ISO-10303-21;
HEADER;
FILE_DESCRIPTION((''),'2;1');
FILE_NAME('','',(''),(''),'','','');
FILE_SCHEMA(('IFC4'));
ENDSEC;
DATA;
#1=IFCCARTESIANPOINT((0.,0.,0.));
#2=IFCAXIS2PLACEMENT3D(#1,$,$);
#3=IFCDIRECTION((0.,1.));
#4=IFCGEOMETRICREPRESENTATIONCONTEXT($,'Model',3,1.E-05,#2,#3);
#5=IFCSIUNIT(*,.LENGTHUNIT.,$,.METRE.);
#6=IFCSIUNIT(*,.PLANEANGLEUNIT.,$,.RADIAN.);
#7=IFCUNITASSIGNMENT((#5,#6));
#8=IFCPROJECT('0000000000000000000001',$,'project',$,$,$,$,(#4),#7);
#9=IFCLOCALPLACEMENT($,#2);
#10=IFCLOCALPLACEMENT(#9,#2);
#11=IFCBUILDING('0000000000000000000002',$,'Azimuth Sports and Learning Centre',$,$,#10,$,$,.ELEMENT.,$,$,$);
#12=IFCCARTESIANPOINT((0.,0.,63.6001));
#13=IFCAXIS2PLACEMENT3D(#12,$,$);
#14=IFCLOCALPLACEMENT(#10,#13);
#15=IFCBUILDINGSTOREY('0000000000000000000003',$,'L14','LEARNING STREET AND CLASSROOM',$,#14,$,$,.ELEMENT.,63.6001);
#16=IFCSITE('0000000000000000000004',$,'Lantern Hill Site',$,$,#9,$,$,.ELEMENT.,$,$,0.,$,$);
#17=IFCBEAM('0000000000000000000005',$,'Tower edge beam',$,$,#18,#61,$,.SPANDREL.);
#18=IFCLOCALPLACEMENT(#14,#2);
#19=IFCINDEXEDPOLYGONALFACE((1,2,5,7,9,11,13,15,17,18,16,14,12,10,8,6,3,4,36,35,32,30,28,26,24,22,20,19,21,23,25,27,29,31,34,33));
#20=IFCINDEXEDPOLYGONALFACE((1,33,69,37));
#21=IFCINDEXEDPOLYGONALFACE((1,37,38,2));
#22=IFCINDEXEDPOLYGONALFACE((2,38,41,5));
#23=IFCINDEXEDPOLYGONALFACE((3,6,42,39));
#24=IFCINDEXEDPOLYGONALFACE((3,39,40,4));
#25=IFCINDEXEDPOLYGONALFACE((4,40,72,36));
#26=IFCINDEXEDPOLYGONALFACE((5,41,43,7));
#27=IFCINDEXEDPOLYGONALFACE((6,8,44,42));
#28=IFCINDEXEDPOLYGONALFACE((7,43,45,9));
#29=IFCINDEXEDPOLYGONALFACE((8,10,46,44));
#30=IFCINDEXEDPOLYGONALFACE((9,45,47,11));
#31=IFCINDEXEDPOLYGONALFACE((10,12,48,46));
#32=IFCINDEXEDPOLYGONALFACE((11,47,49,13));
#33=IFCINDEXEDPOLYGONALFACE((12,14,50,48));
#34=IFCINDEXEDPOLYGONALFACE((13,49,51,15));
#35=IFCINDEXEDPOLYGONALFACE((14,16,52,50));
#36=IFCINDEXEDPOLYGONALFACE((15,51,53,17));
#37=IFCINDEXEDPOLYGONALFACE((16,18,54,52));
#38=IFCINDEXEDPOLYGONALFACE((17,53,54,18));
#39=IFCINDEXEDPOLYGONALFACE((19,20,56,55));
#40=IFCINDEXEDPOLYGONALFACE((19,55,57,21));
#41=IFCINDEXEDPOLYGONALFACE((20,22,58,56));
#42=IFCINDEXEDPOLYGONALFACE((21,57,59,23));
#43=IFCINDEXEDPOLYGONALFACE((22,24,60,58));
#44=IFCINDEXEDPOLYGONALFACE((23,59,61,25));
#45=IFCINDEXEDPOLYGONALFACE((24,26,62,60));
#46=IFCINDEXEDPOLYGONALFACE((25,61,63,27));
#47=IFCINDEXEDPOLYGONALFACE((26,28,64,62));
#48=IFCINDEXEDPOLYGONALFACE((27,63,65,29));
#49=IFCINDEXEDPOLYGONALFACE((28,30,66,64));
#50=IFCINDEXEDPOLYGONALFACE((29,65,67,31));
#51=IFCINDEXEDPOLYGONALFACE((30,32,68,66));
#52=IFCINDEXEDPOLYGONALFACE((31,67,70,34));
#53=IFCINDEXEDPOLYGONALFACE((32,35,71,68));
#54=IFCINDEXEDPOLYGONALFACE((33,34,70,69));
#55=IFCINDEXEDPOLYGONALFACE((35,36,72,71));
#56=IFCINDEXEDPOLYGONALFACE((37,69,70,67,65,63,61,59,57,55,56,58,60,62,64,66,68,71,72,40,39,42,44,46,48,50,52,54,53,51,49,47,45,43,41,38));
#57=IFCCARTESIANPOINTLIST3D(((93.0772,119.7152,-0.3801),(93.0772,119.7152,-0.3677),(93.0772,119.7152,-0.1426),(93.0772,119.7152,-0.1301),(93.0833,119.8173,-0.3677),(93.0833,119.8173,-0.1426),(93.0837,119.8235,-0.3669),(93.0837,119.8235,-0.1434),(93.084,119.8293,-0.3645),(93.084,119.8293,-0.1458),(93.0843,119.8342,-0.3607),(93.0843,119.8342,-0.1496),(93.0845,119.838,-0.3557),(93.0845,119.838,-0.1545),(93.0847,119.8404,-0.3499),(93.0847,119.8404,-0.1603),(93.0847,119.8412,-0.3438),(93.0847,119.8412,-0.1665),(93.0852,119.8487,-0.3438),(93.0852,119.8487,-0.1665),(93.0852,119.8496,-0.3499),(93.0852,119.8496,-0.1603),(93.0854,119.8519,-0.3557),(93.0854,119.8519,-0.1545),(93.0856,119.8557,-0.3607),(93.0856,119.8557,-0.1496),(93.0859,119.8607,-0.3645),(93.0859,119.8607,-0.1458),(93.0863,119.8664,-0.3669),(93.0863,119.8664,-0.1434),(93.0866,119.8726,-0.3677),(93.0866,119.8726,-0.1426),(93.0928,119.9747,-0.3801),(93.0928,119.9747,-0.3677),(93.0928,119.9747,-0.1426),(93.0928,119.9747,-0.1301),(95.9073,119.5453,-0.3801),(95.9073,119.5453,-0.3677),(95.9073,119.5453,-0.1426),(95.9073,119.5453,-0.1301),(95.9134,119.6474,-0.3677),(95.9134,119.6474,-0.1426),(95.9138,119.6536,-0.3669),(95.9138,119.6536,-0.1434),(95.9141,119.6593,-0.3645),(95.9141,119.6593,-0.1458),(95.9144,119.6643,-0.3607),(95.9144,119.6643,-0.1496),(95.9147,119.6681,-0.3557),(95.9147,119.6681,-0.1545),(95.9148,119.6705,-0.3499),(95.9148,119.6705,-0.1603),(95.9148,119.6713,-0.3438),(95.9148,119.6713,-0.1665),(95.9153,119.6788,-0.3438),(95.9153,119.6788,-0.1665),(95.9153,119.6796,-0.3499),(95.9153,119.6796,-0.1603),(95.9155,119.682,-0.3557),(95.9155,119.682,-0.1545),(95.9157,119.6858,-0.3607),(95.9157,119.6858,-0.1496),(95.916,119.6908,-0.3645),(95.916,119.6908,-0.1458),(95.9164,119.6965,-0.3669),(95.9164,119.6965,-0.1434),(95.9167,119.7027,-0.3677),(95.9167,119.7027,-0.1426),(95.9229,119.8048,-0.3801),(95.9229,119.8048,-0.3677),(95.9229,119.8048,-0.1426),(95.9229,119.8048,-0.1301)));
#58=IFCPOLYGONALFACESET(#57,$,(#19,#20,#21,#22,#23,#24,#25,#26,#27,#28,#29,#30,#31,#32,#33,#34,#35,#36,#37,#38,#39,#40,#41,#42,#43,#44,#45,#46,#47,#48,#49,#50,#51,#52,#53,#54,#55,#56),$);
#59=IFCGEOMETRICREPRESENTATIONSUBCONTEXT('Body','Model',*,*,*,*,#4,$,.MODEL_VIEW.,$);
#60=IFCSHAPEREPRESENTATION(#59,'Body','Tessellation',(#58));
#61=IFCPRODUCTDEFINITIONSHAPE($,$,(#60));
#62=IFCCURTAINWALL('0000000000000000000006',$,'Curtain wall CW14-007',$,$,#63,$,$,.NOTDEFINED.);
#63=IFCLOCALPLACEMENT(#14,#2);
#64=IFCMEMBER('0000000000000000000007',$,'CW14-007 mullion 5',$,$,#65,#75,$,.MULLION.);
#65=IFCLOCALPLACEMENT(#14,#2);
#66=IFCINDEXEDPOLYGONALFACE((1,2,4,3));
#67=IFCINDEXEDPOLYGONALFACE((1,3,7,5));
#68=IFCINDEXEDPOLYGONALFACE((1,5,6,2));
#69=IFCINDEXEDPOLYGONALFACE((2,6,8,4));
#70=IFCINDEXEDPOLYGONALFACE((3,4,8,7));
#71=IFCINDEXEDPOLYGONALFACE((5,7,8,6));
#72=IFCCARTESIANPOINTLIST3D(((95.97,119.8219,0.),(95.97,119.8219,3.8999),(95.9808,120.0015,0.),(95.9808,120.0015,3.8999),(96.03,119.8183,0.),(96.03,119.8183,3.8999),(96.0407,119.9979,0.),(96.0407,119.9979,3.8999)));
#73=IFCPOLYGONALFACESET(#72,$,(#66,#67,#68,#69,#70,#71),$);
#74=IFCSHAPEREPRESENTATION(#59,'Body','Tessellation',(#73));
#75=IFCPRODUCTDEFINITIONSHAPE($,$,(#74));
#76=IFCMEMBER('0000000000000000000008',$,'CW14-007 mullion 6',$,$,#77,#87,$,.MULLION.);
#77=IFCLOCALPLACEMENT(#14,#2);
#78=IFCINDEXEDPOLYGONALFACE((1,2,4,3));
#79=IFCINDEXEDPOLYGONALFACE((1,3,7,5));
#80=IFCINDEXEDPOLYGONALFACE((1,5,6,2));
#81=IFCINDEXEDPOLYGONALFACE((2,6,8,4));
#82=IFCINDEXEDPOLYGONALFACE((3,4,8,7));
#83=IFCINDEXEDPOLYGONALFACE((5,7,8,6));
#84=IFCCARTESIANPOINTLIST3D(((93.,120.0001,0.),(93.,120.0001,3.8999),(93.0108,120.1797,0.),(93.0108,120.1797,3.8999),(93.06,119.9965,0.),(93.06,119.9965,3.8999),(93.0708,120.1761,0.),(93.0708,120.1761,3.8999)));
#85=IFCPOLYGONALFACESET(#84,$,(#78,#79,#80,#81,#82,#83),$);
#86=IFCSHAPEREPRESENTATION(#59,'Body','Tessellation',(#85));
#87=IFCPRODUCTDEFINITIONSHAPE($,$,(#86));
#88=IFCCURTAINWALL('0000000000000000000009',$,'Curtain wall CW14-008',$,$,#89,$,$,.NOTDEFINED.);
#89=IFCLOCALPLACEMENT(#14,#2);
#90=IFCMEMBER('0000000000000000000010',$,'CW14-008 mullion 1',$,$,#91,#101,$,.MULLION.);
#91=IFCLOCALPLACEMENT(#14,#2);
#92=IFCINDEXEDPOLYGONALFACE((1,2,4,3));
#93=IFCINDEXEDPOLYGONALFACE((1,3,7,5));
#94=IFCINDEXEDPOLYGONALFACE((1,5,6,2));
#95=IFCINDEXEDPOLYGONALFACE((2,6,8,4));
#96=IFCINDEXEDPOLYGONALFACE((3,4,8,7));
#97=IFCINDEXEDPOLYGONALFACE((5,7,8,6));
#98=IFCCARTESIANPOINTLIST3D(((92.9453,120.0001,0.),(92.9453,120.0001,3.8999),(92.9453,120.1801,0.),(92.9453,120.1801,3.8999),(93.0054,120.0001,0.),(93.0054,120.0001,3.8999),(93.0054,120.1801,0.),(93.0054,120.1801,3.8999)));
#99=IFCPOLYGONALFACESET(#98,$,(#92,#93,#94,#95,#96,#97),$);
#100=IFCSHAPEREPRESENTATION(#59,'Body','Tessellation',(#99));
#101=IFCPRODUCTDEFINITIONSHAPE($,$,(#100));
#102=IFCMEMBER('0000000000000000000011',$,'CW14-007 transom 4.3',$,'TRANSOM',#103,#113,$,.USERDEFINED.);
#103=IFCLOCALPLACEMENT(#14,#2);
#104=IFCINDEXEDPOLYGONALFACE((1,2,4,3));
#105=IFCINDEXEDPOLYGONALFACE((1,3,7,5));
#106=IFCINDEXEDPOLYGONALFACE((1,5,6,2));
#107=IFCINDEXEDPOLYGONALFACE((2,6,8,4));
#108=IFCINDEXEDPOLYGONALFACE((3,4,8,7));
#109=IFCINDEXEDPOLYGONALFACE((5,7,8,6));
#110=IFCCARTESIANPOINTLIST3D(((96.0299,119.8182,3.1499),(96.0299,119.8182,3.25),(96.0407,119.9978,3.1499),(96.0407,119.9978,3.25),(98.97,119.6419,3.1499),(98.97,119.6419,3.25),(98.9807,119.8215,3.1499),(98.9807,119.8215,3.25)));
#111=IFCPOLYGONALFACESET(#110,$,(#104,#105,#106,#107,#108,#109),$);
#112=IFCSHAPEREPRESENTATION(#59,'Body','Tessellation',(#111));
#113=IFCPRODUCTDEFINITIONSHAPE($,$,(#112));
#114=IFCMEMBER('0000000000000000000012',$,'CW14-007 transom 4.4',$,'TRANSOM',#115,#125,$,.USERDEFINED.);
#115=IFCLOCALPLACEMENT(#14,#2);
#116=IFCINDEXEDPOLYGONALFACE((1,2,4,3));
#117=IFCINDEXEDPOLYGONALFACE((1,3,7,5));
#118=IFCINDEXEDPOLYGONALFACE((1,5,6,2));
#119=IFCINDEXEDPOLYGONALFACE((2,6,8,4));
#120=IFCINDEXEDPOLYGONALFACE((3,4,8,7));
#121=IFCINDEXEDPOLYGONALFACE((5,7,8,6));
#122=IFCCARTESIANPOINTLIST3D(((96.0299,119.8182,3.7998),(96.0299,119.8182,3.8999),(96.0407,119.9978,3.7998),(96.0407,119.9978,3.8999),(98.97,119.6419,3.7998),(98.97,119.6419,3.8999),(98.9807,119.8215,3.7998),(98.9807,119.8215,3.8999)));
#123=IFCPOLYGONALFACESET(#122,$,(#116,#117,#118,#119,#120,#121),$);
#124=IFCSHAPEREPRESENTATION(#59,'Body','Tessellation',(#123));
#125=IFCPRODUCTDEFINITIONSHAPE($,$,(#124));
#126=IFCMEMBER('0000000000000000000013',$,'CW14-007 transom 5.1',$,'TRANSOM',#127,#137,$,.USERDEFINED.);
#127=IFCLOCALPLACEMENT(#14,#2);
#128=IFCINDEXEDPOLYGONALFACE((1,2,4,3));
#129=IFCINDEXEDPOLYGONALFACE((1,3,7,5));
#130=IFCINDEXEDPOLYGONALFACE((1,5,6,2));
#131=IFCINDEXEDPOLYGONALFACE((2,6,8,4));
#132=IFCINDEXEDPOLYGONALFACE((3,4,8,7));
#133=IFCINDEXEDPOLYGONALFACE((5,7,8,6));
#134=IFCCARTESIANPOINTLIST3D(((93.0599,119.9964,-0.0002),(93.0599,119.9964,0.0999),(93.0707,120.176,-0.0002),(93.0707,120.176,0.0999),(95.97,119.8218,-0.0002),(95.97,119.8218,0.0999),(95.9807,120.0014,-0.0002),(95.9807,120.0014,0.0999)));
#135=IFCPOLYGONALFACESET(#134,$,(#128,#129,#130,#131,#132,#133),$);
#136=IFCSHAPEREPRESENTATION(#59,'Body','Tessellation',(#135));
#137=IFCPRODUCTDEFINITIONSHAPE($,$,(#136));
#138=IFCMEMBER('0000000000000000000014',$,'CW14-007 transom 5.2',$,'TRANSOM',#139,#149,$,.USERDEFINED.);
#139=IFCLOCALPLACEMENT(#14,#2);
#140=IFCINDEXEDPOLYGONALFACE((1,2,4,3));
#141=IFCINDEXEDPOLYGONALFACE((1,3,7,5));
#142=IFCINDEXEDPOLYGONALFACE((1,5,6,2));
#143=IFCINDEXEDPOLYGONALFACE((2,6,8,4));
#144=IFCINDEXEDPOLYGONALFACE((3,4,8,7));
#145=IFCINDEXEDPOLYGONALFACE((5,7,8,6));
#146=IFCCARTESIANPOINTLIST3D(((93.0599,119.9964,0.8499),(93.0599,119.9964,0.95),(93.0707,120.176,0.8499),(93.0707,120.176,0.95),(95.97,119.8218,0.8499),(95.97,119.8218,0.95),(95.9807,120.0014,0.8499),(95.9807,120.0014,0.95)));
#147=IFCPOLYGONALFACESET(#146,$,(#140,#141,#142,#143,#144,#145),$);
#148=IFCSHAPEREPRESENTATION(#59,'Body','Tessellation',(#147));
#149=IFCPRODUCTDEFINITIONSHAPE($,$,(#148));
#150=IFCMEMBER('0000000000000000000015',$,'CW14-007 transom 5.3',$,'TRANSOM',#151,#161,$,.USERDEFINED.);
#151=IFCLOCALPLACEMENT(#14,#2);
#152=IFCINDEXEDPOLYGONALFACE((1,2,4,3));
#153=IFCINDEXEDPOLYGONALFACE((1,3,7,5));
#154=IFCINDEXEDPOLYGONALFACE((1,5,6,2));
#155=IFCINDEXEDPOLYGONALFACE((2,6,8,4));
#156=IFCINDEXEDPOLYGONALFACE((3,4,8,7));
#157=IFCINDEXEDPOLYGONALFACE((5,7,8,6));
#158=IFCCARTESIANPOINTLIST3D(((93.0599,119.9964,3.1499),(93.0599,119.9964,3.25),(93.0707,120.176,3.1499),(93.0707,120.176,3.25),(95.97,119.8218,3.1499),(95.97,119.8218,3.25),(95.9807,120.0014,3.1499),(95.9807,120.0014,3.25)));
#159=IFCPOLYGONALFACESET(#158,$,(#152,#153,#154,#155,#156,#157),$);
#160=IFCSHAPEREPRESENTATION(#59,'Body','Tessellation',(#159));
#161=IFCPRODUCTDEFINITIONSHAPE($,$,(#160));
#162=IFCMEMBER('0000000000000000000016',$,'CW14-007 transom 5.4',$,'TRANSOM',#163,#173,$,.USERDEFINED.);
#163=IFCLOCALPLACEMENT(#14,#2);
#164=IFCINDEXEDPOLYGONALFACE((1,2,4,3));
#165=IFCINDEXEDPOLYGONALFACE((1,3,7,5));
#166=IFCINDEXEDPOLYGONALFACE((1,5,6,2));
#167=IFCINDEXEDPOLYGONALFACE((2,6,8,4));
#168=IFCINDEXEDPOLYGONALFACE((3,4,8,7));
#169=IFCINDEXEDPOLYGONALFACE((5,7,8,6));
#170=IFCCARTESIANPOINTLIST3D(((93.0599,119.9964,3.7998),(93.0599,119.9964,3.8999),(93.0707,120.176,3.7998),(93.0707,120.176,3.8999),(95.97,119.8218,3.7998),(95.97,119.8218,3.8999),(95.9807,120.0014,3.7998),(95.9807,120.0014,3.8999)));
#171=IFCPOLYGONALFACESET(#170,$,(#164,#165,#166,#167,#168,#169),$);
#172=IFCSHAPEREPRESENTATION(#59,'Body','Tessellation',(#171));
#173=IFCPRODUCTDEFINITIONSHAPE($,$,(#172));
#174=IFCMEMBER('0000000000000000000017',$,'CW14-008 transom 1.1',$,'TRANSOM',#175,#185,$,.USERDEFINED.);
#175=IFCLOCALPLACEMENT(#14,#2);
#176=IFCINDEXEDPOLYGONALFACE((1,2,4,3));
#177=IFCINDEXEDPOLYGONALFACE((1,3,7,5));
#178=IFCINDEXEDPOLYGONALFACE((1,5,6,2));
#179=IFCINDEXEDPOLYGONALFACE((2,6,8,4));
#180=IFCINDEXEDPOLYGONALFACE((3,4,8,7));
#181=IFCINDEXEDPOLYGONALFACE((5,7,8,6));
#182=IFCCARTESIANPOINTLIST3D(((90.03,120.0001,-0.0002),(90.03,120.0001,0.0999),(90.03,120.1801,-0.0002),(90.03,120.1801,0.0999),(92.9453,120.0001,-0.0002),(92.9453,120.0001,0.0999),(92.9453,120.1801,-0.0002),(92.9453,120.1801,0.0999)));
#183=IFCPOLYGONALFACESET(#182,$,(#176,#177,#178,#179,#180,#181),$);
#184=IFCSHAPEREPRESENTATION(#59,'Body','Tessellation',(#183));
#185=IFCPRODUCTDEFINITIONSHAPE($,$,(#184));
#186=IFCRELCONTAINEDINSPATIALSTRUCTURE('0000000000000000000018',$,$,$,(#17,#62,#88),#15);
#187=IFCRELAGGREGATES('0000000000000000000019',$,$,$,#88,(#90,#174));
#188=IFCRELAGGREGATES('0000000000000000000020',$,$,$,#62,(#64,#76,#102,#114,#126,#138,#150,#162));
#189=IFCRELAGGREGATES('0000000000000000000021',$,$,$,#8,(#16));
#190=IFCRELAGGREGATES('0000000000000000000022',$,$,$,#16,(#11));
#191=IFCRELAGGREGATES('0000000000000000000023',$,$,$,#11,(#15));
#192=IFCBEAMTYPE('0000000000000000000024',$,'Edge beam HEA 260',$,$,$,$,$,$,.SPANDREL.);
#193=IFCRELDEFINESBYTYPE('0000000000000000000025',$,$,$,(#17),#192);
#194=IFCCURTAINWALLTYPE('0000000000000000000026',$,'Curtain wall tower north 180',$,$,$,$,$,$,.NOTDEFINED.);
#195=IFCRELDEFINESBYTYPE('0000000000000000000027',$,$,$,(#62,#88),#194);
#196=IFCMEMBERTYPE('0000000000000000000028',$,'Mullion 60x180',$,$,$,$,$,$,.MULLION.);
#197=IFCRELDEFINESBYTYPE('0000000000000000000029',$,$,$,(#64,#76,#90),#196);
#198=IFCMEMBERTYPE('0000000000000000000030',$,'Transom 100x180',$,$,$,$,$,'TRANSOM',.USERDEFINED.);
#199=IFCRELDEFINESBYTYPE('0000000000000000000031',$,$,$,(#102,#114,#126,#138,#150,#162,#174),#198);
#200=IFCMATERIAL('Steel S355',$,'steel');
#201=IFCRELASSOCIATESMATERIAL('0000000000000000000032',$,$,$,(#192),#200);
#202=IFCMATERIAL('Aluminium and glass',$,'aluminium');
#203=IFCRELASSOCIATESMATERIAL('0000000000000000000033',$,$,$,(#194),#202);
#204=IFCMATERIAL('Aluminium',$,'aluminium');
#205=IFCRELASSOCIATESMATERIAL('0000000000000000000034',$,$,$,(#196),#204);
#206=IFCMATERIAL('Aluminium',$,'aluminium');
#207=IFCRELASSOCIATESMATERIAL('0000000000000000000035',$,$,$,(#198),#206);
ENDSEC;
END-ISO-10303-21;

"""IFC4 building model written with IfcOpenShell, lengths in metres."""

from ifc_helpers import new_model, si_unit, direction, frame, origin, origin_2d, place, context, subcontext, project, spatial, rectangle, i_section, extrude, material, material_profile, profile_set, type_object, element, aggregate, save


model = new_model("IFC4")

# Units and contexts
model_context = context("Model", 3, precision=1e-05, world=origin(), true_north=direction((0.0, 1.0)))
body_context = subcontext(model_context, "Body", "Model", "MODEL_VIEW")
ifc_project = project(units=[si_unit("LENGTHUNIT", "METRE"), si_unit("PLANEANGLEUNIT", "RADIAN")], contexts=[model_context])

# Site, building, storey
site_placement = place(None, origin())
site = spatial("IfcSite", under=ifc_project, at=site_placement, Name="Lantern Hill Site", CompositionType="ELEMENT", RefElevation=0.0)
building_placement = place(site_placement, origin())
building = spatial("IfcBuilding", under=site, at=building_placement, Name="Azimuth Sports and Learning Centre", CompositionType="ELEMENT")
storey_placement = place(building_placement, frame((0.0, 0.0, 63.6001)))
storey = spatial("IfcBuildingStorey", under=building, at=storey_placement, Name="L14", Description="LEARNING STREET AND CLASSROOM", CompositionType="ELEMENT", Elevation=63.6001)

# Beam
ifc_material_1 = material(Name="Steel S355", Category="steel")
ifc_material_profile_1 = material_profile(ifc_material_1, i_section(OverallWidth=0.26, OverallDepth=0.25, WebThickness=0.0076, FlangeThickness=0.0125, FilletRadius=0.0239, at=origin_2d()), Name="HEA 260")
ifc_profile_set_1 = profile_set([ifc_material_profile_1], Name="Steel S355")
beam_type = type_object("IfcBeamType", Name="Edge beam HEA 260", PredefinedType="SPANDREL", material=ifc_profile_set_1)
beam_placement = place(storey_placement, frame((93.085, 119.845, -0.2551), z_axis=(0.998202, -0.059933, 0.0), x_axis=(0.059933, 0.998202, 0.0)))
element("IfcBeam", 1, at=beam_placement, inside=storey, type_object=beam_type, Name="Tower edge beam", PredefinedType="SPANDREL", context=body_context, shape_type="SweptSolid", body=[
    extrude(i_section(OverallWidth=0.26, OverallDepth=0.25, WebThickness=0.0076, FlangeThickness=0.0125, FilletRadius=0.0239, at=origin_2d()), origin(), (0.0, 0.0, 1.0), 2.8352),
])

# Curtain wall, members
ifc_material_2 = material(Name="Aluminium and glass", Category="aluminium")
curtain_wall_type = type_object("IfcCurtainWallType", Name="Curtain wall tower north 180", PredefinedType="NOTDEFINED", material=ifc_material_2)
curtain_wall_1_placement = place(storey_placement, origin())
curtain_wall_1 = element("IfcCurtainWall", 2, at=curtain_wall_1_placement, inside=storey, type_object=curtain_wall_type, Name="Curtain wall CW14-007", PredefinedType="NOTDEFINED")
ifc_material_3 = material(Name="Aluminium", Category="aluminium")
ifc_material_profile_2 = material_profile(ifc_material_3, rectangle(XDim=0.1799, YDim=0.0601, at=origin_2d()), Name="Mullion 60x180")
ifc_profile_set_2 = profile_set([ifc_material_profile_2], Name="Aluminium")
member_type_1 = type_object("IfcMemberType", Name="Mullion 60x180", PredefinedType="MULLION", material=ifc_profile_set_2)
member_1_placement = place(storey_placement, frame((96.0054, 119.9099, 0.0), z_axis=(0.0, 0.0, 1.0), x_axis=(-0.059892, -0.998205, 0.0)))
member_1 = element("IfcMember", 3, at=member_1_placement, type_object=member_type_1, Name="CW14-007 mullion 5", PredefinedType="MULLION", context=body_context, shape_type="SweptSolid", body=[
    extrude(rectangle(XDim=0.1799, YDim=0.0601, at=origin_2d()), origin(), (0.0, 0.0, 1.0), 3.8999),
])
member_2_placement = place(storey_placement, frame((93.0354, 120.0881, 0.0), z_axis=(0.0, 0.0, 1.0), x_axis=(-0.059892, -0.998205, 0.0)))
member_2 = element("IfcMember", 4, at=member_2_placement, type_object=member_type_1, Name="CW14-007 mullion 6", PredefinedType="MULLION", context=body_context, shape_type="SweptSolid", body=[
    extrude(rectangle(XDim=0.1799, YDim=0.0601, at=origin_2d()), origin(), (0.0, 0.0, 1.0), 3.8999),
])

# Curtain wall, member
curtain_wall_2_placement = place(storey_placement, origin())
curtain_wall_2 = element("IfcCurtainWall", 5, at=curtain_wall_2_placement, inside=storey, type_object=curtain_wall_type, Name="Curtain wall CW14-008", PredefinedType="NOTDEFINED")
member_3_placement = place(storey_placement, frame((92.9753, 120.0901, 0.0), z_axis=(0.0, 0.0, 1.0), x_axis=(0.0, -1.0, 0.0)))
member_3 = element("IfcMember", 6, at=member_3_placement, type_object=member_type_1, Name="CW14-008 mullion 1", PredefinedType="MULLION", context=body_context, shape_type="SweptSolid", body=[
    extrude(rectangle(XDim=0.1799, YDim=0.0601, at=origin_2d()), origin(), (0.0, 0.0, 1.0), 3.8999),
])

# Members
ifc_material_4 = material(Name="Aluminium", Category="aluminium")
ifc_material_profile_3 = material_profile(ifc_material_4, rectangle(XDim=0.1799, YDim=0.1001, at=origin_2d()), Name="Transom 100x180")
ifc_profile_set_3 = profile_set([ifc_material_profile_3], Name="Aluminium")
member_type_2 = type_object("IfcMemberType", Name="Transom 100x180", ElementType="TRANSOM", PredefinedType="USERDEFINED", material=ifc_profile_set_3)
member_4_placement = place(storey_placement, frame((98.9753, 119.7317, 3.2), z_axis=(-0.998207, 0.059849, 0.0), x_axis=(-0.059849, -0.998207, 0.0)))
member_4 = element("IfcMember", 7, at=member_4_placement, type_object=member_type_2, Name="CW14-007 transom 4.3", ObjectType="TRANSOM", PredefinedType="USERDEFINED", context=body_context, shape_type="SweptSolid", body=[
    extrude(rectangle(XDim=0.1799, YDim=0.1001, at=origin_2d()), origin(), (0.0, 0.0, 1.0), 2.9453),
])
member_5_placement = place(storey_placement, frame((98.9753, 119.7317, 3.8499), z_axis=(-0.998207, 0.059849, 0.0), x_axis=(-0.059849, -0.998207, 0.0)))
member_5 = element("IfcMember", 8, at=member_5_placement, type_object=member_type_2, Name="CW14-007 transom 4.4", ObjectType="TRANSOM", PredefinedType="USERDEFINED", context=body_context, shape_type="SweptSolid", body=[
    extrude(rectangle(XDim=0.1799, YDim=0.1001, at=origin_2d()), origin(), (0.0, 0.0, 1.0), 2.9453),
])
member_6_placement = place(storey_placement, frame((95.9753, 119.9116, 0.0498), z_axis=(-0.998206, 0.059876, 0.0), x_axis=(-0.059876, -0.998206, 0.0)))
member_6 = element("IfcMember", 9, at=member_6_placement, type_object=member_type_2, Name="CW14-007 transom 5.1", ObjectType="TRANSOM", PredefinedType="USERDEFINED", context=body_context, shape_type="SweptSolid", body=[
    extrude(rectangle(XDim=0.1799, YDim=0.1001, at=origin_2d()), origin(), (0.0, 0.0, 1.0), 2.9153),
])
member_7_placement = place(storey_placement, frame((95.9753, 119.9116, 0.8999), z_axis=(-0.998206, 0.059876, 0.0), x_axis=(-0.059876, -0.998206, 0.0)))
member_7 = element("IfcMember", 10, at=member_7_placement, type_object=member_type_2, Name="CW14-007 transom 5.2", ObjectType="TRANSOM", PredefinedType="USERDEFINED", context=body_context, shape_type="SweptSolid", body=[
    extrude(rectangle(XDim=0.1799, YDim=0.1001, at=origin_2d()), origin(), (0.0, 0.0, 1.0), 2.9153),
])
member_8_placement = place(storey_placement, frame((95.9753, 119.9116, 3.2), z_axis=(-0.998206, 0.059876, 0.0), x_axis=(-0.059876, -0.998206, 0.0)))
member_8 = element("IfcMember", 11, at=member_8_placement, type_object=member_type_2, Name="CW14-007 transom 5.3", ObjectType="TRANSOM", PredefinedType="USERDEFINED", context=body_context, shape_type="SweptSolid", body=[
    extrude(rectangle(XDim=0.1799, YDim=0.1001, at=origin_2d()), origin(), (0.0, 0.0, 1.0), 2.9153),
])
member_9_placement = place(storey_placement, frame((95.9753, 119.9116, 3.8499), z_axis=(-0.998206, 0.059876, 0.0), x_axis=(-0.059876, -0.998206, 0.0)))
member_9 = element("IfcMember", 12, at=member_9_placement, type_object=member_type_2, Name="CW14-007 transom 5.4", ObjectType="TRANSOM", PredefinedType="USERDEFINED", context=body_context, shape_type="SweptSolid", body=[
    extrude(rectangle(XDim=0.1799, YDim=0.1001, at=origin_2d()), origin(), (0.0, 0.0, 1.0), 2.9153),
])
member_10_placement = place(storey_placement, frame((92.9453, 120.0901, 0.0498), z_axis=(-1.0, 0.0, 0.0), x_axis=(0.0, -1.0, 0.0)))
member_10 = element("IfcMember", 13, at=member_10_placement, type_object=member_type_2, Name="CW14-008 transom 1.1", ObjectType="TRANSOM", PredefinedType="USERDEFINED", context=body_context, shape_type="SweptSolid", body=[
    extrude(rectangle(XDim=0.1799, YDim=0.1001, at=origin_2d()), origin(), (0.0, 0.0, 1.0), 2.9153),
])
aggregate(curtain_wall_2, [member_3, member_10])

aggregate(curtain_wall_1, [member_1, member_2, member_4, member_5, member_6, member_7, member_8, member_9])

save(model, "model.ifc")
